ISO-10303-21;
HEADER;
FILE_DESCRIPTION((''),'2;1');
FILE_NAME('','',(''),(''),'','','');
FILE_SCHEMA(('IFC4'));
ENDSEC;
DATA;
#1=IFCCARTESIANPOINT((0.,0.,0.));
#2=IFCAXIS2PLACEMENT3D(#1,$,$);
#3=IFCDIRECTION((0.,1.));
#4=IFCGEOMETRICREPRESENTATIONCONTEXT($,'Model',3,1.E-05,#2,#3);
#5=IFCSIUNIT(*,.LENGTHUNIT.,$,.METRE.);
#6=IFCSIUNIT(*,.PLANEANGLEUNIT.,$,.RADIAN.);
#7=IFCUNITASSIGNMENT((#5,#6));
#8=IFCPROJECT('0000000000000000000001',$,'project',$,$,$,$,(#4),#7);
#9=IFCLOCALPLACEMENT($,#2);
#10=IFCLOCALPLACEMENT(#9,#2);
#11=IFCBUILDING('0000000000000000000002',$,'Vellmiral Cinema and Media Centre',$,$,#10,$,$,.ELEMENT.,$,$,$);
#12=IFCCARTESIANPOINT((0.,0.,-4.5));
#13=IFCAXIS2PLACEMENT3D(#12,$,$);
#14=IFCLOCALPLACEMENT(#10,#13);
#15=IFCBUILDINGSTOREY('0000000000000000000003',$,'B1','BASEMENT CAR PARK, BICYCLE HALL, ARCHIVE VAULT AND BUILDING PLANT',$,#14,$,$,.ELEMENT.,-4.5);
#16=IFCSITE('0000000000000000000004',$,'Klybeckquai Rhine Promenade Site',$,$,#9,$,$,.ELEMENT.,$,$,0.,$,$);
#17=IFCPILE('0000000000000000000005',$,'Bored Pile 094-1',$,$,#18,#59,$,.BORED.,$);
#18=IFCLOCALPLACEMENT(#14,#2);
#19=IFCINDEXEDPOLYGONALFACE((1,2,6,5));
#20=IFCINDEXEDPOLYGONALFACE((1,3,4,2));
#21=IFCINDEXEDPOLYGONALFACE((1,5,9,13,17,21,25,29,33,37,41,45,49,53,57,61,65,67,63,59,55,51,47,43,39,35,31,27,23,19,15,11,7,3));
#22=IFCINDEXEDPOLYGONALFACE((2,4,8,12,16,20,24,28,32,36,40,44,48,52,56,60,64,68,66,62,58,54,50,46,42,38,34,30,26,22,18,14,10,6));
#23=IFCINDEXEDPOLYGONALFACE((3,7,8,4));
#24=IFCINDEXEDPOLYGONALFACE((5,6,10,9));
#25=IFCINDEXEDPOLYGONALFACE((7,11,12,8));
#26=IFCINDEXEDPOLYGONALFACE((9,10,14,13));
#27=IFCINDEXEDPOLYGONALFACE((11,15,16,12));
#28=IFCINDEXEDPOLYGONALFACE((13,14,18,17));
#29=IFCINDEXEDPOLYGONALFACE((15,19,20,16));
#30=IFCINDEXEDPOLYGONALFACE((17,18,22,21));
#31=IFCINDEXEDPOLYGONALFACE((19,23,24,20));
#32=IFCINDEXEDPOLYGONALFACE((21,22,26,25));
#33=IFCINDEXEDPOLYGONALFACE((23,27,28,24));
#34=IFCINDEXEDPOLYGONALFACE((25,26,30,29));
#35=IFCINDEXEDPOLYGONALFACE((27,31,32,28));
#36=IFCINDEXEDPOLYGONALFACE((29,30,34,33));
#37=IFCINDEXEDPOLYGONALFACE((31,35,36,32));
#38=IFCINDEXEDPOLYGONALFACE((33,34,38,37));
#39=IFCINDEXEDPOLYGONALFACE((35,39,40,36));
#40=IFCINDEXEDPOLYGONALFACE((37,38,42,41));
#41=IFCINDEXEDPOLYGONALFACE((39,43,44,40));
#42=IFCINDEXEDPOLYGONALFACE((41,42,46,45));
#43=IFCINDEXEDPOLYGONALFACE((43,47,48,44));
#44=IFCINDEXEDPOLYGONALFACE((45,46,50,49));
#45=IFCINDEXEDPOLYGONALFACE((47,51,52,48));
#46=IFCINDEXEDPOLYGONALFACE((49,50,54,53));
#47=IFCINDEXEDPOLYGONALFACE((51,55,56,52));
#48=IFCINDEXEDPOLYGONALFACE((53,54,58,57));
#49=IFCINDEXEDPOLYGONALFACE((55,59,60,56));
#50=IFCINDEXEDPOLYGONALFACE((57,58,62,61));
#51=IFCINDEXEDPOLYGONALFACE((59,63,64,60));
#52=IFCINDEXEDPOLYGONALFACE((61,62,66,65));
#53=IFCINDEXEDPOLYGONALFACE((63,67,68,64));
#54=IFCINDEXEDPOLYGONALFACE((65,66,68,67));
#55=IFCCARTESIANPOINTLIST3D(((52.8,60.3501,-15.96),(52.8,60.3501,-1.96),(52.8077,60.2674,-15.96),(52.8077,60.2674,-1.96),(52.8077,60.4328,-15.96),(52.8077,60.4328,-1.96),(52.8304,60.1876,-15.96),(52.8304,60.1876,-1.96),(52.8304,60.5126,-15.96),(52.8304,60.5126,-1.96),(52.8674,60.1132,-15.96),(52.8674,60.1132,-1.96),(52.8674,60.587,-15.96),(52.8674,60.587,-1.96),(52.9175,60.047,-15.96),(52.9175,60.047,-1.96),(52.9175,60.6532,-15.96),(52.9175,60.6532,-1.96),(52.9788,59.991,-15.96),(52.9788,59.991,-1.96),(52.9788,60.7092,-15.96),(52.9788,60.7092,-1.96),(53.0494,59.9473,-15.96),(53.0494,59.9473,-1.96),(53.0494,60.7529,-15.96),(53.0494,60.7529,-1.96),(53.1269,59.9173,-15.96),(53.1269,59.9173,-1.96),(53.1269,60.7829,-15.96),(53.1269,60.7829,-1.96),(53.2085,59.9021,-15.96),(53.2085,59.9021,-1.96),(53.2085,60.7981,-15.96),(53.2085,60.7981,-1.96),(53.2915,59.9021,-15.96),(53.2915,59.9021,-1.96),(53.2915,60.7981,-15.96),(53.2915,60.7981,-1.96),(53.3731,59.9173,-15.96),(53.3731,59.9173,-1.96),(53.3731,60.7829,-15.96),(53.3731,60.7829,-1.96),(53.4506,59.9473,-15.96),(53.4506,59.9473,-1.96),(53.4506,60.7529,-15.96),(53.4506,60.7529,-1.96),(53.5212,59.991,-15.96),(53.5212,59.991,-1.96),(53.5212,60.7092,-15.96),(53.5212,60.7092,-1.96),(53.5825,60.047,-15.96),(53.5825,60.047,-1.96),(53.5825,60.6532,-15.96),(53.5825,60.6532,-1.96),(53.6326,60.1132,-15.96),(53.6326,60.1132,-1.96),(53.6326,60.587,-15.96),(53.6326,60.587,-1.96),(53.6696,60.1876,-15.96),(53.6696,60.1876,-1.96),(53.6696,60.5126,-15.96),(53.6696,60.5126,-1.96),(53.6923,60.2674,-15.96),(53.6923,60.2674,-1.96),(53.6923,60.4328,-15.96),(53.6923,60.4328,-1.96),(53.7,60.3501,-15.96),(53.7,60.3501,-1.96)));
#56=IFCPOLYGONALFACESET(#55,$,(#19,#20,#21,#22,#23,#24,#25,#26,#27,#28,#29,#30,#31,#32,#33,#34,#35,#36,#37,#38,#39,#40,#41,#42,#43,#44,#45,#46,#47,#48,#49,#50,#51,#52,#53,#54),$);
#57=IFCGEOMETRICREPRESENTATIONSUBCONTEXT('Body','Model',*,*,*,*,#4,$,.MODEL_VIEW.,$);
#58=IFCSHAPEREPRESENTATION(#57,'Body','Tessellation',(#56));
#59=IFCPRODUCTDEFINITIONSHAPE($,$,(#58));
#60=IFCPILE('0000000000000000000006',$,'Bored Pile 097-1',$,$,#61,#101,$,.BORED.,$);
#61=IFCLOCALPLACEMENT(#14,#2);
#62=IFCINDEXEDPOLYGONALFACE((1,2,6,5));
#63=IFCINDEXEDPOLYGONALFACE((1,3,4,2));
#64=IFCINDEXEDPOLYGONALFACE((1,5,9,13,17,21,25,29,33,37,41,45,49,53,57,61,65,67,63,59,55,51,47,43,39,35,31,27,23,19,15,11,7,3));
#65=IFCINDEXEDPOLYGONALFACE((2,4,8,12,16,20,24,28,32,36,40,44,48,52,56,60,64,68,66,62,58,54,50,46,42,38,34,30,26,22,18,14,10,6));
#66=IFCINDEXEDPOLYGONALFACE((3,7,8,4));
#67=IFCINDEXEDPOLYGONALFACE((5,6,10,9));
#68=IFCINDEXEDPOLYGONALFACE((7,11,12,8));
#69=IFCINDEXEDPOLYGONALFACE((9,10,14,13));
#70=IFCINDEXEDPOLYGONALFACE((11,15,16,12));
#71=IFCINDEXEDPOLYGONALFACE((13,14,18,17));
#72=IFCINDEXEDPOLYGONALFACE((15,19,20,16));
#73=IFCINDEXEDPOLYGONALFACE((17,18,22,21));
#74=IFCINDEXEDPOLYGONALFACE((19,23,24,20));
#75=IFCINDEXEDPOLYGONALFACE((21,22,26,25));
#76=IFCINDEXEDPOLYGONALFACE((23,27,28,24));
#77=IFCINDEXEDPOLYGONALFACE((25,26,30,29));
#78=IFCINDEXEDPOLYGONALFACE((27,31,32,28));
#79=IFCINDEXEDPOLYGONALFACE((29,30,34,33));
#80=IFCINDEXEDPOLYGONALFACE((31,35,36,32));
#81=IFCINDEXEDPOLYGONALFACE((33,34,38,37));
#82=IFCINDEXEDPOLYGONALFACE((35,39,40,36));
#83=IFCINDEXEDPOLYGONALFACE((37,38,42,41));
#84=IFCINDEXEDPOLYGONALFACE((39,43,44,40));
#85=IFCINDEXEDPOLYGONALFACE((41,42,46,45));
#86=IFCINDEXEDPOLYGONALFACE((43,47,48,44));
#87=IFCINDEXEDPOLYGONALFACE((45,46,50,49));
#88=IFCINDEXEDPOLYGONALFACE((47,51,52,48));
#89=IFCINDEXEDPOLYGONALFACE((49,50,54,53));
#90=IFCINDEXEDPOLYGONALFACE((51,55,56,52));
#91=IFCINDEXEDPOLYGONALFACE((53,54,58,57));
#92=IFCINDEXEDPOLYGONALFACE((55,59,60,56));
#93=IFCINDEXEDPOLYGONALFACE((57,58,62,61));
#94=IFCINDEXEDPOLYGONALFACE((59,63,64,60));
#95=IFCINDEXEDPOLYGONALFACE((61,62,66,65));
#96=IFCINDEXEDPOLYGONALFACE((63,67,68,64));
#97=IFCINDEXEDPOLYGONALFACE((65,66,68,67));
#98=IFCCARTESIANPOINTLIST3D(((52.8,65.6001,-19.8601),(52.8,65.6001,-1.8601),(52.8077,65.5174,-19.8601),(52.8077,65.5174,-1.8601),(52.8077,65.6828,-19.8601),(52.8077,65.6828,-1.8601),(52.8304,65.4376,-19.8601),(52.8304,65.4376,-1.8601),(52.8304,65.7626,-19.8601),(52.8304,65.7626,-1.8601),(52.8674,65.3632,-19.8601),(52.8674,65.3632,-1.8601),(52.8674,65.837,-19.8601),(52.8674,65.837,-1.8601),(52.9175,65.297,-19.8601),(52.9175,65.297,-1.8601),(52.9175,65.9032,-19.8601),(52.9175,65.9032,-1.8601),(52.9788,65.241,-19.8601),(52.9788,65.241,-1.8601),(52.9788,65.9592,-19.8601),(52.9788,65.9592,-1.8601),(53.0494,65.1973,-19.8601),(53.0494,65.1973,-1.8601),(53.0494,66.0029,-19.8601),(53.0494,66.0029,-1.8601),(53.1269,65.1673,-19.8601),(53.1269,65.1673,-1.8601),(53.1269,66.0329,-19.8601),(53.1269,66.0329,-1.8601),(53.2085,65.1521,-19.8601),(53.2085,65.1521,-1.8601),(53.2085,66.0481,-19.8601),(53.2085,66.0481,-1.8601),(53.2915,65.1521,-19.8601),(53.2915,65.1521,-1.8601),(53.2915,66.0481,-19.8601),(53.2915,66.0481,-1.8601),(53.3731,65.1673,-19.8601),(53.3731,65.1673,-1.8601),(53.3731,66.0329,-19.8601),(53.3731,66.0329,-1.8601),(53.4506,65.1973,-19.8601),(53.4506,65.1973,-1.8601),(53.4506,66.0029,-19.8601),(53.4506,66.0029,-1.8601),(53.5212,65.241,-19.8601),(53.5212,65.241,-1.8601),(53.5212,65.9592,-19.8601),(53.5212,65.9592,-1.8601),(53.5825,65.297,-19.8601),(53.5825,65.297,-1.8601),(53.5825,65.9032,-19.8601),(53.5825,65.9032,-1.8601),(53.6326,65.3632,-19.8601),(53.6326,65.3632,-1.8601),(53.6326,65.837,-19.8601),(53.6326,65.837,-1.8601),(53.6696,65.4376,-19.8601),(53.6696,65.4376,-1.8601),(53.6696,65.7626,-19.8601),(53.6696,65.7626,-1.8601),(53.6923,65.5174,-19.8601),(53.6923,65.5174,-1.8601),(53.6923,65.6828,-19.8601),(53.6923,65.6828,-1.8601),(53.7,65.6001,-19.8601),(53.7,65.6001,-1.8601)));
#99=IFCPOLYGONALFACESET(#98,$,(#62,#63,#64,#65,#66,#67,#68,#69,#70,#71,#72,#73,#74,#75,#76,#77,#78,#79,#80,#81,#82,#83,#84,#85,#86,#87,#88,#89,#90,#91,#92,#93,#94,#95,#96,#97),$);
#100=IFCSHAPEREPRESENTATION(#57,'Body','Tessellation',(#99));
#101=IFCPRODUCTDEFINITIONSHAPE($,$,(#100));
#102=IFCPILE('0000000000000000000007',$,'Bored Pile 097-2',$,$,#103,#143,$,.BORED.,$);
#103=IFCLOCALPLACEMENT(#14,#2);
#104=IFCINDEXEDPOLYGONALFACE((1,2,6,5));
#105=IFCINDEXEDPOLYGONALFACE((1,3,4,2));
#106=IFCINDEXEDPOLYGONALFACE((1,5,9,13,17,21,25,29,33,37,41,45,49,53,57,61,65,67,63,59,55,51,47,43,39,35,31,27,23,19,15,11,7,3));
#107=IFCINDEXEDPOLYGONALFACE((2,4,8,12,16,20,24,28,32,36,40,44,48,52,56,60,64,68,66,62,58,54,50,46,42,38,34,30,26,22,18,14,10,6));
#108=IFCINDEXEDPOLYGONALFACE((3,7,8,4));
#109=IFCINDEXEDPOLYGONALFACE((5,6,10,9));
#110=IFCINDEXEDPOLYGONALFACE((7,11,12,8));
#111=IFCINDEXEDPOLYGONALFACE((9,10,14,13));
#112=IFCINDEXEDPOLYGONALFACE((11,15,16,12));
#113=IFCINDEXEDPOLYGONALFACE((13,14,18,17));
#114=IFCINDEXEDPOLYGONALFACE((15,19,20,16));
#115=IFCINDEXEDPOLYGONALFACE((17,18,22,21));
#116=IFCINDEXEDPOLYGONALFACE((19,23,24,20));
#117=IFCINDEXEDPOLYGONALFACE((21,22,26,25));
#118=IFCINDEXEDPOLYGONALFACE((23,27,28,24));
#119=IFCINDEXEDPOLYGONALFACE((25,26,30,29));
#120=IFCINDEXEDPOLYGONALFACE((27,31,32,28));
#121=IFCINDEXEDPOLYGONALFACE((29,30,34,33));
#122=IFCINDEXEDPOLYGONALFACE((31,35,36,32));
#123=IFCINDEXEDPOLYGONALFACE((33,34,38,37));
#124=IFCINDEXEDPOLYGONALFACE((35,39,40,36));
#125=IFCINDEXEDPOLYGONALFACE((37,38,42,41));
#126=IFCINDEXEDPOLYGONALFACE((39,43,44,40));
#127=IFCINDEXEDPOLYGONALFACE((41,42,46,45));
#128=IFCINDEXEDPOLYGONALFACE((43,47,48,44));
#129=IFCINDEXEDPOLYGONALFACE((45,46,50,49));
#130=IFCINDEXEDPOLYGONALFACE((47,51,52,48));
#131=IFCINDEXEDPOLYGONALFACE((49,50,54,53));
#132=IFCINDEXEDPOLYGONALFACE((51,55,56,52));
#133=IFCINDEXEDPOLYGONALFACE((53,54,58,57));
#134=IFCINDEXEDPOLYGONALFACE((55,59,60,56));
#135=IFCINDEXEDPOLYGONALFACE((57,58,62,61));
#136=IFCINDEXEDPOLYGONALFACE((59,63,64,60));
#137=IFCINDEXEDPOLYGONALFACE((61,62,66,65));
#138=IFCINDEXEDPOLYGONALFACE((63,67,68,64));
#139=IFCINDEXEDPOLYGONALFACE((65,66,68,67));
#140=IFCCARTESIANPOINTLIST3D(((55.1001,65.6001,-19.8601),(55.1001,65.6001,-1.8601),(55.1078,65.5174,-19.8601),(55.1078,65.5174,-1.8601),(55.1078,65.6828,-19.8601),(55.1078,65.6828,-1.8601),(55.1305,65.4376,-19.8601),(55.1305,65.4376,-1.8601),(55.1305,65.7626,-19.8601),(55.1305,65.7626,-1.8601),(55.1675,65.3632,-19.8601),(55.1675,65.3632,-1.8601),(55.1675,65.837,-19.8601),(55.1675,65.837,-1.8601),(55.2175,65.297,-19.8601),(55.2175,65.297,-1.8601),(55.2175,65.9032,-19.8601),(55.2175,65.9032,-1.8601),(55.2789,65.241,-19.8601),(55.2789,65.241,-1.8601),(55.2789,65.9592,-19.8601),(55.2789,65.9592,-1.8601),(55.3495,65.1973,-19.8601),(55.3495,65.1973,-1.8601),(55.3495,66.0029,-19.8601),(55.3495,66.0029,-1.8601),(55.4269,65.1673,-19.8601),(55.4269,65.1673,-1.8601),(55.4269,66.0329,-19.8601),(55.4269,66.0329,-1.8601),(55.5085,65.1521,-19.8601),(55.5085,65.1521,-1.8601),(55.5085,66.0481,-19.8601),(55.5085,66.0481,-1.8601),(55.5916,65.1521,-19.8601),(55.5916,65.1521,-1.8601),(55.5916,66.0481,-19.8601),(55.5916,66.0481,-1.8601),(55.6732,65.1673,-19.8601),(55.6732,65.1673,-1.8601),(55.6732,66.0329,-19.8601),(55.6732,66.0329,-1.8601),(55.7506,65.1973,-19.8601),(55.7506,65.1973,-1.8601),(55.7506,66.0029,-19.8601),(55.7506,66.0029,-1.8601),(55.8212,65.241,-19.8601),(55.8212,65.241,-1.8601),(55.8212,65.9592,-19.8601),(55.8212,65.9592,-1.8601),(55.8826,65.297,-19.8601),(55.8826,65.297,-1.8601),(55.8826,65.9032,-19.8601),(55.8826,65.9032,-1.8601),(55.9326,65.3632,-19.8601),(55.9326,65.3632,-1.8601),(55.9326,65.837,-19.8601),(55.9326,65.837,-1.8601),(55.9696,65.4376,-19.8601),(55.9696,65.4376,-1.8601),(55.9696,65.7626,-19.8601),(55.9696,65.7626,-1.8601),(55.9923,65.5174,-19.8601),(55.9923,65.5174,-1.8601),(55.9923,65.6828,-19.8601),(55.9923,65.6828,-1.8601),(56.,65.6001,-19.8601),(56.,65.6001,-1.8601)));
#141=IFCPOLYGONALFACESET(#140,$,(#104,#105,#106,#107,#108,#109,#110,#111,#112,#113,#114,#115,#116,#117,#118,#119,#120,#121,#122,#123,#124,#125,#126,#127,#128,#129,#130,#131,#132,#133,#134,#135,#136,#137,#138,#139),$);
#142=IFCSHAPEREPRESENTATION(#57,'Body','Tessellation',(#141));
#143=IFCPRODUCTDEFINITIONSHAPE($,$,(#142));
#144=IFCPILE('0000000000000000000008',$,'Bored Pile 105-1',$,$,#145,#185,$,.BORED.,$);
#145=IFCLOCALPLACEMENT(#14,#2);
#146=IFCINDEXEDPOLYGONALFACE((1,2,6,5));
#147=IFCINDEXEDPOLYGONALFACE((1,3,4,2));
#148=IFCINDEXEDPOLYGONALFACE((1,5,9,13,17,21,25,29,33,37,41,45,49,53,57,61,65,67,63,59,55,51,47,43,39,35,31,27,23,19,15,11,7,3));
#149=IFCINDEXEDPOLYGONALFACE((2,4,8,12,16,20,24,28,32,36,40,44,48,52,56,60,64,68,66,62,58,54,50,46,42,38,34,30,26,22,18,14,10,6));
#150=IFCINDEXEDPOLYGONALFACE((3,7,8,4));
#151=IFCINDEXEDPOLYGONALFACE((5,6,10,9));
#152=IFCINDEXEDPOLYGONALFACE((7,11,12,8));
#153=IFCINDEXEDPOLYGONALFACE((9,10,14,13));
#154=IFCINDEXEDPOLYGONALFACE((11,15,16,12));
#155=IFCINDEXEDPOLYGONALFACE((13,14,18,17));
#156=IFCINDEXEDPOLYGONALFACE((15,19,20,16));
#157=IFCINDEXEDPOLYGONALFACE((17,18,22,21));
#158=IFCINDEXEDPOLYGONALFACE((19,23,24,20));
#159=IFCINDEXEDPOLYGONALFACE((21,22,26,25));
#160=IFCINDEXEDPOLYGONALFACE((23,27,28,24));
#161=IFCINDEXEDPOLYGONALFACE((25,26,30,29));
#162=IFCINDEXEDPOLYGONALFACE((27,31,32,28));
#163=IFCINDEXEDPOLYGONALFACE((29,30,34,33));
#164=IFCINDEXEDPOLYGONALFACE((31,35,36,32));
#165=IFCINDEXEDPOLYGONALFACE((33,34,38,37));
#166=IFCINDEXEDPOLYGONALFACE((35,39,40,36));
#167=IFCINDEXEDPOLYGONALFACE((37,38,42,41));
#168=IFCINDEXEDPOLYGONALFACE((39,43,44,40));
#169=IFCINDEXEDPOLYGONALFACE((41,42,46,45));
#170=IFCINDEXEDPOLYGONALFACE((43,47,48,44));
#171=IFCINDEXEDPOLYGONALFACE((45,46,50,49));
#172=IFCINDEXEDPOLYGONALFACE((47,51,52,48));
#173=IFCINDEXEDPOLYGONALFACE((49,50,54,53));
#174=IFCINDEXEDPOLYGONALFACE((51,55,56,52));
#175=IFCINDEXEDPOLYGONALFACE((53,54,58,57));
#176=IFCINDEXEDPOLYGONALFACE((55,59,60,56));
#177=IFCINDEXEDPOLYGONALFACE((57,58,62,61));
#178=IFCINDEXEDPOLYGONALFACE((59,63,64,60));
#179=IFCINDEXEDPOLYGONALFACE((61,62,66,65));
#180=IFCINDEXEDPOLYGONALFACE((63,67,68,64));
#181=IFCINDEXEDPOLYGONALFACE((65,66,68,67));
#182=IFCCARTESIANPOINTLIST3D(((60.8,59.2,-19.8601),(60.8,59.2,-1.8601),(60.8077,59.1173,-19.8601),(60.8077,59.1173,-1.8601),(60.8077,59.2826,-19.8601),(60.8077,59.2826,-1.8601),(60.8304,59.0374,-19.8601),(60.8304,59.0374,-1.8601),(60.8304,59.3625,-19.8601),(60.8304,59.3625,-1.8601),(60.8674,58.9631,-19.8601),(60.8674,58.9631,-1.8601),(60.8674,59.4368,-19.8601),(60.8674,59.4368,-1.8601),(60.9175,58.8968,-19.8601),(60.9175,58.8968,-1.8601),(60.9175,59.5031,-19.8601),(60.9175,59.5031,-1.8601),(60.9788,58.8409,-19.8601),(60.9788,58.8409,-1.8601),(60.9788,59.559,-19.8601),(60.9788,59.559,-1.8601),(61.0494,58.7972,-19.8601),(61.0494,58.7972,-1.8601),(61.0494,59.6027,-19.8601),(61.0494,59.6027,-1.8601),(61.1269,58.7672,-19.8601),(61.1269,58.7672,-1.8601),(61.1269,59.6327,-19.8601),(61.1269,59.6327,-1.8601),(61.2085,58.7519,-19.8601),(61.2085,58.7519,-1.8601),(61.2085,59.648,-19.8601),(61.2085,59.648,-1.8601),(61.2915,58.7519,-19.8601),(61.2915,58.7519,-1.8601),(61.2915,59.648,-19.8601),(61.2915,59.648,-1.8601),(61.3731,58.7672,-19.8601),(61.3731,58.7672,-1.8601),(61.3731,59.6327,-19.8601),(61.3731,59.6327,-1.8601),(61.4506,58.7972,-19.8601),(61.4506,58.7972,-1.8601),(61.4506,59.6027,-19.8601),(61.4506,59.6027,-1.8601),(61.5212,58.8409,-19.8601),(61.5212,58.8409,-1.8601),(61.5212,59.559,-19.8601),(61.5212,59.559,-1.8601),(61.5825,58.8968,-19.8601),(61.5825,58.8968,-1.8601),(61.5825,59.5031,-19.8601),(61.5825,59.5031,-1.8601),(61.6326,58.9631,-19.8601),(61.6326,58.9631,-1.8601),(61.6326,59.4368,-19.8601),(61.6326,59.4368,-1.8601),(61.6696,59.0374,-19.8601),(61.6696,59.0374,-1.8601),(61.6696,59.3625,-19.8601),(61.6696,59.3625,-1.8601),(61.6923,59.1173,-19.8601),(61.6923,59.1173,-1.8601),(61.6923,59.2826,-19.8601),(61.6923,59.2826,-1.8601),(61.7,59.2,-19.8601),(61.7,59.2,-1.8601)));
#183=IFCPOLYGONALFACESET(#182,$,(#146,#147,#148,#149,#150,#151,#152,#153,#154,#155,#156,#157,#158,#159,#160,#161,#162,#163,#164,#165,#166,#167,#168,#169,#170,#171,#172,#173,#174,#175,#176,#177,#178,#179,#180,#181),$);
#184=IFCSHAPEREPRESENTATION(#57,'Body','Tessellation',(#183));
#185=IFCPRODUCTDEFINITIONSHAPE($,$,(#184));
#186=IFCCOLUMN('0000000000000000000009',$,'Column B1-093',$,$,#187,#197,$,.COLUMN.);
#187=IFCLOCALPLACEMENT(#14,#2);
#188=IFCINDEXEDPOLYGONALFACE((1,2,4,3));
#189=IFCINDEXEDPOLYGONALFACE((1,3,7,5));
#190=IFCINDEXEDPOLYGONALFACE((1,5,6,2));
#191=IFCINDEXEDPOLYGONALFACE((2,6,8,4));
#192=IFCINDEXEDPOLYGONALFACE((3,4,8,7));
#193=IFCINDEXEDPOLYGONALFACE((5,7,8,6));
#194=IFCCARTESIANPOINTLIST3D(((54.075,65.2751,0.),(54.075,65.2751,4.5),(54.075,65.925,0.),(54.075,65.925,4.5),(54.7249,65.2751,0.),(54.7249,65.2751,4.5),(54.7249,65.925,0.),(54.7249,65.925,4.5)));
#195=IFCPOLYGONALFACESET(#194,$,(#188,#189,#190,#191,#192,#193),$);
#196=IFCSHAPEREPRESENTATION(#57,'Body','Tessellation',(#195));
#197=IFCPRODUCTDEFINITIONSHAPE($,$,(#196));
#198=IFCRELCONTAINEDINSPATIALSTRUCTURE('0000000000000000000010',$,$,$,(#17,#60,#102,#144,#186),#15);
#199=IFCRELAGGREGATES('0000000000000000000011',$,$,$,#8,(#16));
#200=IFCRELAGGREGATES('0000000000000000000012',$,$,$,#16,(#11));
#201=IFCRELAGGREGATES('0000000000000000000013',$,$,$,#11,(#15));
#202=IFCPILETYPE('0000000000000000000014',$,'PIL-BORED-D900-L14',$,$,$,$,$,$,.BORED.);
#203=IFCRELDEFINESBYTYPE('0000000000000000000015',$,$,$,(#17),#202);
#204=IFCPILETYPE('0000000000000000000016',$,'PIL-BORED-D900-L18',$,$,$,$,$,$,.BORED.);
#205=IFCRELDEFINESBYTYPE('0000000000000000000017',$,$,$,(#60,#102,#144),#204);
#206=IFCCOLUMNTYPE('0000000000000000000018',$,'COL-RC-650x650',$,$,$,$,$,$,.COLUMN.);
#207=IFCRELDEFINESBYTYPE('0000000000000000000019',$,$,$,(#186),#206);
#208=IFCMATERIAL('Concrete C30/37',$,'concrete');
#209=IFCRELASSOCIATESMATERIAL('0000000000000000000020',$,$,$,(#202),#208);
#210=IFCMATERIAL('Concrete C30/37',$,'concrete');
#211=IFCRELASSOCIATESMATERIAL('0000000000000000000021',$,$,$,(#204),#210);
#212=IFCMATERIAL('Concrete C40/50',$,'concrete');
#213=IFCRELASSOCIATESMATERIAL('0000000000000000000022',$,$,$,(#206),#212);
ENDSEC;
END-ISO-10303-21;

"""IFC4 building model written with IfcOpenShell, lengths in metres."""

from ifc_helpers import new_model, si_unit, direction, frame, origin, origin_2d, place, context, subcontext, project, spatial, rectangle, circle, extrude, material, material_profile, profile_set, type_object, element, save


model = new_model("IFC4")

# Units and contexts
model_context = context("Model", 3, precision=1e-05, world=origin(), true_north=direction((0.0, 1.0)))
body_context = subcontext(model_context, "Body", "Model", "MODEL_VIEW")
ifc_project = project(units=[si_unit("LENGTHUNIT", "METRE"), si_unit("PLANEANGLEUNIT", "RADIAN")], contexts=[model_context])

# Site, building, storey
site_placement = place(None, origin())
site = spatial("IfcSite", under=ifc_project, at=site_placement, Name="Klybeckquai Rhine Promenade Site", CompositionType="ELEMENT", RefElevation=0.0)
building_placement = place(site_placement, origin())
building = spatial("IfcBuilding", under=site, at=building_placement, Name="Vellmiral Cinema and Media Centre", CompositionType="ELEMENT")
storey_placement = place(building_placement, frame((0.0, 0.0, -4.5)))
storey = spatial("IfcBuildingStorey", under=building, at=storey_placement, Name="B1", Description="BASEMENT CAR PARK, BICYCLE HALL, ARCHIVE VAULT AND BUILDING PLANT", CompositionType="ELEMENT", Elevation=-4.5)

# Piles
ifc_material_1 = material(Name="Concrete C30/37", Category="concrete")
ifc_material_profile_1 = material_profile(ifc_material_1, circle(Radius=0.45, at=origin_2d()), Name="PILE D900")
ifc_profile_set_1 = profile_set([ifc_material_profile_1], Name="Concrete C30/37")
pile_type_1 = type_object("IfcPileType", Name="PIL-BORED-D900-L14", PredefinedType="BORED", material=ifc_profile_set_1)
for number, where, z_axis, x_axis, name in (
    (1, (53.25, 60.3501, -1.96), (0.0, 0.0, -1.0), (1.0, 0.0, 0.0), "Bored Pile 094-1"),
):
    element("IfcPile", number, at=place(storey_placement, frame(where, z_axis=z_axis, x_axis=x_axis)), inside=storey, type_object=pile_type_1, Name=name, PredefinedType="BORED", context=body_context, shape_type="SweptSolid", body=[
        extrude(circle(Radius=0.45, at=origin_2d()), origin(), (0.0, 0.0, 1.0), 14.0),
    ])
ifc_material_2 = material(Name="Concrete C30/37", Category="concrete")
ifc_material_profile_2 = material_profile(ifc_material_2, circle(Radius=0.45, at=origin_2d()), Name="PILE D900")
ifc_profile_set_2 = profile_set([ifc_material_profile_2], Name="Concrete C30/37")
pile_type_2 = type_object("IfcPileType", Name="PIL-BORED-D900-L18", PredefinedType="BORED", material=ifc_profile_set_2)
for number, where, z_axis, x_axis, name in (
    (2, (53.25, 65.6001, -1.8601), (0.0, 0.0, -1.0), (1.0, 0.0, 0.0), "Bored Pile 097-1"),
    (3, (55.55, 65.6001, -1.8601), (0.0, 0.0, -1.0), (1.0, 0.0, 0.0), "Bored Pile 097-2"),
    (4, (61.25, 59.2, -1.8601), (0.0, 0.0, -1.0), (1.0, 0.0, 0.0), "Bored Pile 105-1"),
):
    element("IfcPile", number, at=place(storey_placement, frame(where, z_axis=z_axis, x_axis=x_axis)), inside=storey, type_object=pile_type_2, Name=name, PredefinedType="BORED", context=body_context, shape_type="SweptSolid", body=[
        extrude(circle(Radius=0.45, at=origin_2d()), origin(), (0.0, 0.0, 1.0), 18.0),
    ])

# Column
ifc_material_3 = material(Name="Concrete C40/50", Category="concrete")
ifc_material_profile_3 = material_profile(ifc_material_3, rectangle(XDim=0.6499, YDim=0.6499, at=origin_2d()), Name="RC 650x650")
ifc_profile_set_3 = profile_set([ifc_material_profile_3], Name="Concrete C40/50")
column_type_1 = type_object("IfcColumnType", Name="COL-RC-650x650", PredefinedType="COLUMN", material=ifc_profile_set_3)
column_1_placement = place(storey_placement, frame((54.3999, 65.6001, 0.0), z_axis=(0.0, 0.0, 1.0), x_axis=(1.0, 0.0, 0.0)))
element("IfcColumn", 5, at=column_1_placement, inside=storey, type_object=column_type_1, Name="Column B1-093", PredefinedType="COLUMN", context=body_context, shape_type="SweptSolid", body=[
    extrude(rectangle(XDim=0.6499, YDim=0.6499, at=origin_2d()), origin(), (0.0, 0.0, 1.0), 4.5),
])

save(model, "model.ifc")
